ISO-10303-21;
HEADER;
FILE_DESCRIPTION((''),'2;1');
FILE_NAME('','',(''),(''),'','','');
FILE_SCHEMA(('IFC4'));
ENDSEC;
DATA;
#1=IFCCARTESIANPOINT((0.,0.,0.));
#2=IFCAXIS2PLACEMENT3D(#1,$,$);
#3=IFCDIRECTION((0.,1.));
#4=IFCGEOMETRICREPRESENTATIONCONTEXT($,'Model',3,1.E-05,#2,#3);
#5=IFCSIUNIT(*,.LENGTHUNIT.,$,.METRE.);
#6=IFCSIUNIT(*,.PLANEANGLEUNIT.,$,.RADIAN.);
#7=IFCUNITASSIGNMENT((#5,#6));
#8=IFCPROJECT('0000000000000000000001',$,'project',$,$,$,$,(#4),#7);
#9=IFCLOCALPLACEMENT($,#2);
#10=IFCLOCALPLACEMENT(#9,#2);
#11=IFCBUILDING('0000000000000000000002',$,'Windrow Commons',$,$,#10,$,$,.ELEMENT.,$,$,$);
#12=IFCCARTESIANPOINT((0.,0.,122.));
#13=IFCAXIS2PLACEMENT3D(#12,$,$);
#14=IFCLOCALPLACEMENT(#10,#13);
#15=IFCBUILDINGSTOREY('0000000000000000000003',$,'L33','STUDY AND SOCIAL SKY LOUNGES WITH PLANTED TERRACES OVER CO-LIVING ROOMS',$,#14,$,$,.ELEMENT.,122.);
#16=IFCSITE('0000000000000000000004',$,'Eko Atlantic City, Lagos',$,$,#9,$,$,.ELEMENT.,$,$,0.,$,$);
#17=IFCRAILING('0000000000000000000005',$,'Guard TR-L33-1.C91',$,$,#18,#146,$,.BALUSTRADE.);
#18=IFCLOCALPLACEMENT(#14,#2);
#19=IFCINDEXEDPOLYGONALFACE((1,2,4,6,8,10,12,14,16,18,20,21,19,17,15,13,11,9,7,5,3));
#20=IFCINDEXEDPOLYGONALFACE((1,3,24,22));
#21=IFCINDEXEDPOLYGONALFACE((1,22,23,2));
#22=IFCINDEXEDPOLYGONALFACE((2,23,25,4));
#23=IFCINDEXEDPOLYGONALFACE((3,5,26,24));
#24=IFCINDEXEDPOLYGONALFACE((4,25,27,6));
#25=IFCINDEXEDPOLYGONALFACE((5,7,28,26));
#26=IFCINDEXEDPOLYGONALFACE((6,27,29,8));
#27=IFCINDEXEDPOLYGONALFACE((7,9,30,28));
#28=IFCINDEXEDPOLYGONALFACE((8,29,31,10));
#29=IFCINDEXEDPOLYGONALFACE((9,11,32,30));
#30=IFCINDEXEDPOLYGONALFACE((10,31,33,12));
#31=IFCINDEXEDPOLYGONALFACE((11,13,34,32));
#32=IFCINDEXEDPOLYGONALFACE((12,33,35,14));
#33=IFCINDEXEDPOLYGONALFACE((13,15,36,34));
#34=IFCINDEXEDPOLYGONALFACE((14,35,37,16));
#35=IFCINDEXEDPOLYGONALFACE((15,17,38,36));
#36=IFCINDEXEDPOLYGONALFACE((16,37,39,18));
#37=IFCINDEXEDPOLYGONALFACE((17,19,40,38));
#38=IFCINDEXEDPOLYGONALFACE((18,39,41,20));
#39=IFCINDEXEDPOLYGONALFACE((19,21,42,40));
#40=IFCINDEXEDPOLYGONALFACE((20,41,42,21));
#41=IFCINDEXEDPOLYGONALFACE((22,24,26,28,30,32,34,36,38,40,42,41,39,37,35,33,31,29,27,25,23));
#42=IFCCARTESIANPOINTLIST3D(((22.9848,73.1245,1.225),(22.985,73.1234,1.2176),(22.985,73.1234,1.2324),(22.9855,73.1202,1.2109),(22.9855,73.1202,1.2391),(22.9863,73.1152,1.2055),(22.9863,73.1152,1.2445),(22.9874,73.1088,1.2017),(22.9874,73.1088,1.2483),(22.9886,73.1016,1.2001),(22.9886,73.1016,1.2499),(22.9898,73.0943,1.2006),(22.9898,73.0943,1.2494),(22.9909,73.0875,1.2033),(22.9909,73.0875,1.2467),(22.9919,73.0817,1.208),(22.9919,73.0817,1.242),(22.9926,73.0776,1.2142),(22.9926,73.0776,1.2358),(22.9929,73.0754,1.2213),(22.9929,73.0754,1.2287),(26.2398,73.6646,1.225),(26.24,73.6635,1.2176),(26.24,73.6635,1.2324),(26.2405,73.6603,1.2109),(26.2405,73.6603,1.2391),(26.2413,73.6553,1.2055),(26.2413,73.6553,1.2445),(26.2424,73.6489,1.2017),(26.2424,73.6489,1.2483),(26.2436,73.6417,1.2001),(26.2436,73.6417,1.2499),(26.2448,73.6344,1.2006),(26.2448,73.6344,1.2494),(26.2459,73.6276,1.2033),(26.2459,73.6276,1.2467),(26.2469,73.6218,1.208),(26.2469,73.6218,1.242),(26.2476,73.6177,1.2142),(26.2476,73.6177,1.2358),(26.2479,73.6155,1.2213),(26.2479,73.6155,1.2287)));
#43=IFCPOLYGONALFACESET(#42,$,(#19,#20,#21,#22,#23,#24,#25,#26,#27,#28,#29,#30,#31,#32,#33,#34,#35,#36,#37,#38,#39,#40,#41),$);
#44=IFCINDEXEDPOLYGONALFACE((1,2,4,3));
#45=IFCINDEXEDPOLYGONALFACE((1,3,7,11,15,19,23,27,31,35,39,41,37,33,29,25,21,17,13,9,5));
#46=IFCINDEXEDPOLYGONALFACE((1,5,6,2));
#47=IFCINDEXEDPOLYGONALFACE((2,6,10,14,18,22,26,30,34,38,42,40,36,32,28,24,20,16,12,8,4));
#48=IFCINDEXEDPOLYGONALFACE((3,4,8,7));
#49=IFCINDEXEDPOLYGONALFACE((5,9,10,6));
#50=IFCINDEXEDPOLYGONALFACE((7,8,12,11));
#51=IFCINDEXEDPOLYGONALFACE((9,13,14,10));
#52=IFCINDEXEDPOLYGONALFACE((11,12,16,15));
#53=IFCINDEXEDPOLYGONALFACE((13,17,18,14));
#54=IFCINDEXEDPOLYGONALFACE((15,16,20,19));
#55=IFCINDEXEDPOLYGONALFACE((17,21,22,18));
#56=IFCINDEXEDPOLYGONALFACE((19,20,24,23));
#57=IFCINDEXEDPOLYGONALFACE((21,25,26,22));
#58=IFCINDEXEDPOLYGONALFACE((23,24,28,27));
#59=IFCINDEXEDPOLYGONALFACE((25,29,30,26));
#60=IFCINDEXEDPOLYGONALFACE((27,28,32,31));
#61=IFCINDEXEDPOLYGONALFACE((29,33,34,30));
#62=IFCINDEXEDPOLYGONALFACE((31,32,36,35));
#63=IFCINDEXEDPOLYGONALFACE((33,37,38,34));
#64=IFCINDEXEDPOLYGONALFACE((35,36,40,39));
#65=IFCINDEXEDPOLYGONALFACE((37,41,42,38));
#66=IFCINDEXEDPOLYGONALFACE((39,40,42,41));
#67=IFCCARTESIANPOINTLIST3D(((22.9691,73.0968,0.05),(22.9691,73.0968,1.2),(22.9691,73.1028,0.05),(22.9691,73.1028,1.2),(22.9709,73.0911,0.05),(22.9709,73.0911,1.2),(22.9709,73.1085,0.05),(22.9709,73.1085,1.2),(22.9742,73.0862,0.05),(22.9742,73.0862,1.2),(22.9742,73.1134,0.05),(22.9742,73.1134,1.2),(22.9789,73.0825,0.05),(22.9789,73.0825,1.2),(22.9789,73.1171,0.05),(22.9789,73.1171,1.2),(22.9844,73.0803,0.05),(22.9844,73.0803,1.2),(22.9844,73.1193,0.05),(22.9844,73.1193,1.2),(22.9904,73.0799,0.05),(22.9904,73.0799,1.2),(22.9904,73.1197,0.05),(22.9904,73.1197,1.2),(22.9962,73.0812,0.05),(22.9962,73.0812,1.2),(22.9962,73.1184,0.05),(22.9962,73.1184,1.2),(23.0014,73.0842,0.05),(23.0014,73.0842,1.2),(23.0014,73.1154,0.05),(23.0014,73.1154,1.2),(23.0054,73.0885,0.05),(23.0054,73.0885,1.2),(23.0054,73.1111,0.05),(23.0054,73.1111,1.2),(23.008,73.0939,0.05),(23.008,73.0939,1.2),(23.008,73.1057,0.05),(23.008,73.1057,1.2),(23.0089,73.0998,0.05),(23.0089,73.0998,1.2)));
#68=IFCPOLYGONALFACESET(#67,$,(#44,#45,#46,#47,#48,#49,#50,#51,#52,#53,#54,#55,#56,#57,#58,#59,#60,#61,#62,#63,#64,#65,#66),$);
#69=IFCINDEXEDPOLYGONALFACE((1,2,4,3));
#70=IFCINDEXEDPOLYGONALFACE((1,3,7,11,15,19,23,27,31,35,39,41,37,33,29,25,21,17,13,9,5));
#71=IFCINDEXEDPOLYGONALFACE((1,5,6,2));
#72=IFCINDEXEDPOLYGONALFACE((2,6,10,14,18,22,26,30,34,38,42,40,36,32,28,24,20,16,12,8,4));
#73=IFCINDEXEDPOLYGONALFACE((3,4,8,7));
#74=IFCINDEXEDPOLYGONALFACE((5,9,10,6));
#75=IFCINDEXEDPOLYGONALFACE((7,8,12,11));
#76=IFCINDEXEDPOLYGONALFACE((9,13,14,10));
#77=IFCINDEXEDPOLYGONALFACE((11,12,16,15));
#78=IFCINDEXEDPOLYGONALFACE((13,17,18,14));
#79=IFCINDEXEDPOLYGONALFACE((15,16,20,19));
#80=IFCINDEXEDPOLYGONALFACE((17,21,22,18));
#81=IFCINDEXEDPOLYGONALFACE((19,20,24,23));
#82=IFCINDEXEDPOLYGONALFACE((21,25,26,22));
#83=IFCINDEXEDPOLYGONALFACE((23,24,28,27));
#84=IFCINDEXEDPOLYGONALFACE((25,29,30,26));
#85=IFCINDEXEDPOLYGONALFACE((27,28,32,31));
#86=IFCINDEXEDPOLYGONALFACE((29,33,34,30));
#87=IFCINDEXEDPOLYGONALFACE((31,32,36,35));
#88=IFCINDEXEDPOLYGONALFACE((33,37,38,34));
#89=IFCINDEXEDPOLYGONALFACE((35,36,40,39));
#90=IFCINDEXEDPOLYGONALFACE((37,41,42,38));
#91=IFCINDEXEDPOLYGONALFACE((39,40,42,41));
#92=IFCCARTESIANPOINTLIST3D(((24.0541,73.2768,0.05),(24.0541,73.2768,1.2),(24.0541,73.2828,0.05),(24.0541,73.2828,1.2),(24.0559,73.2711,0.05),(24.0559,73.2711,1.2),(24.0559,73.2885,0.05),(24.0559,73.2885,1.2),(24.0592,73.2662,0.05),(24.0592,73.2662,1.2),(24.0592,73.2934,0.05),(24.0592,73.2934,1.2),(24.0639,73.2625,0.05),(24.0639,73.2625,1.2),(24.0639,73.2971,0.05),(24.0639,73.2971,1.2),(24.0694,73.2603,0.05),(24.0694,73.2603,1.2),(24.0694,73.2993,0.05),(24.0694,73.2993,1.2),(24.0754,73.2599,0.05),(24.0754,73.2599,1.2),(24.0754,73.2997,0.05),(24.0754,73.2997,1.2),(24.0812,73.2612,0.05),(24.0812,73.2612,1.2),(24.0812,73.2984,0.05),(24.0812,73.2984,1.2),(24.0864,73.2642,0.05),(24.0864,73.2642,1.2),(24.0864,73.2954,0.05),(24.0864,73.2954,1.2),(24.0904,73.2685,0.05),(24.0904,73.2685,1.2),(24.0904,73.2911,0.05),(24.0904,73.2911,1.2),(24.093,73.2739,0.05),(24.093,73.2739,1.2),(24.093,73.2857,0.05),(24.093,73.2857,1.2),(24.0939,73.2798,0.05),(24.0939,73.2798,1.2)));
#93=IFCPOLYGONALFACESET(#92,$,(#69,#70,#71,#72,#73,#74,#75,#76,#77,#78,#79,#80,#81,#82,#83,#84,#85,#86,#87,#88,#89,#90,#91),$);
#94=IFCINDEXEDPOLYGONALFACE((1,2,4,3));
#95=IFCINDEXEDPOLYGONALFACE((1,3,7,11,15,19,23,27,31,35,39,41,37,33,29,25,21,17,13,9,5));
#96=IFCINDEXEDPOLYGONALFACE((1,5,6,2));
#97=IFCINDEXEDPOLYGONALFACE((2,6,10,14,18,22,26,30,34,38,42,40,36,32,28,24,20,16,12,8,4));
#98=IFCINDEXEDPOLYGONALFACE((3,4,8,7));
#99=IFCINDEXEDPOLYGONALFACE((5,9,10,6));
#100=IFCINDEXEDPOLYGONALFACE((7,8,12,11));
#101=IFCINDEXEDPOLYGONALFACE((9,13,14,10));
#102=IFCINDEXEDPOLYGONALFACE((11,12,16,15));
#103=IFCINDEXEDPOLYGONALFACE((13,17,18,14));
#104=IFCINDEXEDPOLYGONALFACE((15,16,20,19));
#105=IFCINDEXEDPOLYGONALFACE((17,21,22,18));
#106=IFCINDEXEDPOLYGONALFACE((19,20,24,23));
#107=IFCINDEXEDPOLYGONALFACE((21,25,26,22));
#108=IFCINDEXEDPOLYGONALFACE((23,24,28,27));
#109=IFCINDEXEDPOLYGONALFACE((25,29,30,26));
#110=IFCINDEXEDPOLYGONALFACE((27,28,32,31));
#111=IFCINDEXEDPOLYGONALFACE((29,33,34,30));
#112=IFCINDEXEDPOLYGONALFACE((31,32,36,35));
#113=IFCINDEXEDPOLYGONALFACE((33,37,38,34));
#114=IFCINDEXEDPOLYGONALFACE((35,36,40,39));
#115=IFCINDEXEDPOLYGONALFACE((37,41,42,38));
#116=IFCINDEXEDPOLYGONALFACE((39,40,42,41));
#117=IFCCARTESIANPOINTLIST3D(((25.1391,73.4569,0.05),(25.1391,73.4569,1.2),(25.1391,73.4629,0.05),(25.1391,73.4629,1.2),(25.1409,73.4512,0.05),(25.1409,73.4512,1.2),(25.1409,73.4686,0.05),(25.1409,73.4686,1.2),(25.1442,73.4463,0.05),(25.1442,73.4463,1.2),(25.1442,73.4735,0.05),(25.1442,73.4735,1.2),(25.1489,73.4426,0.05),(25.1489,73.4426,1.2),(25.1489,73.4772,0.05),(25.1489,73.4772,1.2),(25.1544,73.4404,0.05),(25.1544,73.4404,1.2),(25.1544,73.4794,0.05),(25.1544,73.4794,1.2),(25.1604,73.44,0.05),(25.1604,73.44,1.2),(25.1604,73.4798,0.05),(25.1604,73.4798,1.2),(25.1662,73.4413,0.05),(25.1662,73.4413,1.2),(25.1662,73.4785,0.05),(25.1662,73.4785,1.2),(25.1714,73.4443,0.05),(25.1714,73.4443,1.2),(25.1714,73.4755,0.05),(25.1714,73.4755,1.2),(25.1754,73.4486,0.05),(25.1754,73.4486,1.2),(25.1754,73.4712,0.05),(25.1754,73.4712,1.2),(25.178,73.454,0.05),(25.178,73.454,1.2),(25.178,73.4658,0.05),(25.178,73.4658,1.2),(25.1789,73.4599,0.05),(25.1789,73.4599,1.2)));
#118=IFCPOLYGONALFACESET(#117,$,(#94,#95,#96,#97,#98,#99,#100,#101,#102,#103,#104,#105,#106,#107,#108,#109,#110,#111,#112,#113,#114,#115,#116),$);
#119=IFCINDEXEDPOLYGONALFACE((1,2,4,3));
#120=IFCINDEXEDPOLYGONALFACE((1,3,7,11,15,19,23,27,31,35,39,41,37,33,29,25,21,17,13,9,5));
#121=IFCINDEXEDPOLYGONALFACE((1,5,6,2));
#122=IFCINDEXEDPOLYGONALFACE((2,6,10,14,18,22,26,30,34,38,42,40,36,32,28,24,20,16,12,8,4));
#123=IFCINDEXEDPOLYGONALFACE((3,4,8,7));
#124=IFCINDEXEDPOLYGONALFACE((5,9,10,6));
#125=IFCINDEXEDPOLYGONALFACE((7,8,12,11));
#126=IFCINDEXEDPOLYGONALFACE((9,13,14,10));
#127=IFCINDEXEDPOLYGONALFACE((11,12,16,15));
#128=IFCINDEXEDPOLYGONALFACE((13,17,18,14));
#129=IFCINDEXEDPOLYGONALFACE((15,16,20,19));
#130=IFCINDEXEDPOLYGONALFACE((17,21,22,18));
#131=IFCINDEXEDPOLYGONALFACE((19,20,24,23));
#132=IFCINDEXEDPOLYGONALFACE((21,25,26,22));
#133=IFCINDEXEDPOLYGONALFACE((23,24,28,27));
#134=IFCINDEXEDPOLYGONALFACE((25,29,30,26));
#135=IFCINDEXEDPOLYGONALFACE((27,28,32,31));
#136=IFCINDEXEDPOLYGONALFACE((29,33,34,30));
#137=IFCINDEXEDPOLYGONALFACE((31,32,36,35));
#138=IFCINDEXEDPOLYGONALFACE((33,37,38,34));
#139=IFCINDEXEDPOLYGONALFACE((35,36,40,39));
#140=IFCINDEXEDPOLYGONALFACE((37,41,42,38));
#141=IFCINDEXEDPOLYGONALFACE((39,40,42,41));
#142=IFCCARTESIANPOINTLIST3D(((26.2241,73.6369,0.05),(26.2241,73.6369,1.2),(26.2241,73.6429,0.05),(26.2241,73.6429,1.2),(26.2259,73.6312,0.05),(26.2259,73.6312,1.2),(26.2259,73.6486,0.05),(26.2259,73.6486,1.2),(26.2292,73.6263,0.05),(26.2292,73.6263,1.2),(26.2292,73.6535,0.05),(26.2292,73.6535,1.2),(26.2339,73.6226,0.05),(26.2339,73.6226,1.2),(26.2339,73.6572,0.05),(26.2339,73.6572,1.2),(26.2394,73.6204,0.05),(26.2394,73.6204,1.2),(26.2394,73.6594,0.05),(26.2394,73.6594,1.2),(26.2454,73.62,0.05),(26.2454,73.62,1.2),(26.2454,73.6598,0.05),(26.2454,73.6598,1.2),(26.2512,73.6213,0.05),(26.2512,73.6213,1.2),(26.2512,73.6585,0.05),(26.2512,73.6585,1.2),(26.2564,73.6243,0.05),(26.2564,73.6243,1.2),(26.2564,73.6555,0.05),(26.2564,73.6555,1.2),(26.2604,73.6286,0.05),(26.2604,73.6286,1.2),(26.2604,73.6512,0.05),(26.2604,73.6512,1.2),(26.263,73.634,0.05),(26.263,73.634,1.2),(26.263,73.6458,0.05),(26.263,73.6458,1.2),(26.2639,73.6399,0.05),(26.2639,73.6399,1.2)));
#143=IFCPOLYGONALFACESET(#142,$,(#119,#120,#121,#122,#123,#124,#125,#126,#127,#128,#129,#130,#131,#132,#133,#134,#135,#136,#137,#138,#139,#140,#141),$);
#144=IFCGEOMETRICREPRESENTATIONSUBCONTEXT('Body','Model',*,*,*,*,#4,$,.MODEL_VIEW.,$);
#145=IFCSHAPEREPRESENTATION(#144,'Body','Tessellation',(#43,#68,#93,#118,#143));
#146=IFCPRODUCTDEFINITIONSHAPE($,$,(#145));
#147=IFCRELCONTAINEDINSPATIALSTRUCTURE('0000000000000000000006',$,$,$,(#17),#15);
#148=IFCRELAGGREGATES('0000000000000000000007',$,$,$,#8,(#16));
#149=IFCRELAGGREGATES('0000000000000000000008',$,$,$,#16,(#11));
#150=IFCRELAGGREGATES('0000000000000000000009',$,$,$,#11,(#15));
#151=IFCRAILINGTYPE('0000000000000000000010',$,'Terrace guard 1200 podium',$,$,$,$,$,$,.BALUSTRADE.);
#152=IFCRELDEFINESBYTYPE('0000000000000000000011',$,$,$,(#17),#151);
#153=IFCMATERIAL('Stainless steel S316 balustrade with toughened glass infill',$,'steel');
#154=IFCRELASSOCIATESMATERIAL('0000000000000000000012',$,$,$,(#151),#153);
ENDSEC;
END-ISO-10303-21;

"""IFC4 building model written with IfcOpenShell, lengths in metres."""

from ifc_helpers import new_model, si_unit, direction, frame, origin, origin_2d, place, context, subcontext, project, spatial, circle, extrude, material, type_object, element, save


model = new_model("IFC4")

# Units and contexts
model_context = context("Model", 3, precision=1e-05, world=origin(), true_north=direction((0.0, 1.0)))
body_context = subcontext(model_context, "Body", "Model", "MODEL_VIEW")
ifc_project = project(units=[si_unit("LENGTHUNIT", "METRE"), si_unit("PLANEANGLEUNIT", "RADIAN")], contexts=[model_context])

# Site, building, storey
site_placement = place(None, origin())
site = spatial("IfcSite", under=ifc_project, at=site_placement, Name="Eko Atlantic City, Lagos", CompositionType="ELEMENT", RefElevation=0.0)
building_placement = place(site_placement, origin())
building = spatial("IfcBuilding", under=site, at=building_placement, Name="Windrow Commons", CompositionType="ELEMENT")
storey_placement = place(building_placement, frame((0.0, 0.0, 122.0)))
storey = spatial("IfcBuildingStorey", under=building, at=storey_placement, Name="L33", Description="STUDY AND SOCIAL SKY LOUNGES WITH PLANTED TERRACES OVER CO-LIVING ROOMS", CompositionType="ELEMENT", Elevation=122.0)

# Railing
ifc_material_1 = material(Name="Stainless steel S316 balustrade with toughened glass infill", Category="steel")
railing_type = type_object("IfcRailingType", Name="Terrace guard 1200 podium", PredefinedType="BALUSTRADE", material=ifc_material_1)
railing_1_placement = place(storey_placement, frame((22.9889, 73.0998, 0.05)))
element("IfcRailing", 1, at=railing_1_placement, inside=storey, type_object=railing_type, Name="Guard TR-L33-1.C91", PredefinedType="BALUSTRADE", context=body_context, shape_type="SweptSolid", body=[
    extrude(circle(Radius=0.025, at=origin_2d()), frame((0.0, 0.0, 1.175), z_axis=(0.986512, 0.163691, 0.0), x_axis=(-0.163691, 0.986512, 0.0)), (0.0, 0.0, 1.0), 3.2995),
    extrude(circle(Radius=0.02, at=origin_2d()), origin(), (0.0, 0.0, 1.0), 1.15),
    extrude(circle(Radius=0.02, at=origin_2d()), frame((1.085, 0.18, 0.0)), (0.0, 0.0, 1.0), 1.15),
    extrude(circle(Radius=0.02, at=origin_2d()), frame((2.17, 0.3601, 0.0)), (0.0, 0.0, 1.0), 1.15),
    extrude(circle(Radius=0.02, at=origin_2d()), frame((3.255, 0.5401, 0.0)), (0.0, 0.0, 1.0), 1.15),
])

save(model, "model.ifc")
